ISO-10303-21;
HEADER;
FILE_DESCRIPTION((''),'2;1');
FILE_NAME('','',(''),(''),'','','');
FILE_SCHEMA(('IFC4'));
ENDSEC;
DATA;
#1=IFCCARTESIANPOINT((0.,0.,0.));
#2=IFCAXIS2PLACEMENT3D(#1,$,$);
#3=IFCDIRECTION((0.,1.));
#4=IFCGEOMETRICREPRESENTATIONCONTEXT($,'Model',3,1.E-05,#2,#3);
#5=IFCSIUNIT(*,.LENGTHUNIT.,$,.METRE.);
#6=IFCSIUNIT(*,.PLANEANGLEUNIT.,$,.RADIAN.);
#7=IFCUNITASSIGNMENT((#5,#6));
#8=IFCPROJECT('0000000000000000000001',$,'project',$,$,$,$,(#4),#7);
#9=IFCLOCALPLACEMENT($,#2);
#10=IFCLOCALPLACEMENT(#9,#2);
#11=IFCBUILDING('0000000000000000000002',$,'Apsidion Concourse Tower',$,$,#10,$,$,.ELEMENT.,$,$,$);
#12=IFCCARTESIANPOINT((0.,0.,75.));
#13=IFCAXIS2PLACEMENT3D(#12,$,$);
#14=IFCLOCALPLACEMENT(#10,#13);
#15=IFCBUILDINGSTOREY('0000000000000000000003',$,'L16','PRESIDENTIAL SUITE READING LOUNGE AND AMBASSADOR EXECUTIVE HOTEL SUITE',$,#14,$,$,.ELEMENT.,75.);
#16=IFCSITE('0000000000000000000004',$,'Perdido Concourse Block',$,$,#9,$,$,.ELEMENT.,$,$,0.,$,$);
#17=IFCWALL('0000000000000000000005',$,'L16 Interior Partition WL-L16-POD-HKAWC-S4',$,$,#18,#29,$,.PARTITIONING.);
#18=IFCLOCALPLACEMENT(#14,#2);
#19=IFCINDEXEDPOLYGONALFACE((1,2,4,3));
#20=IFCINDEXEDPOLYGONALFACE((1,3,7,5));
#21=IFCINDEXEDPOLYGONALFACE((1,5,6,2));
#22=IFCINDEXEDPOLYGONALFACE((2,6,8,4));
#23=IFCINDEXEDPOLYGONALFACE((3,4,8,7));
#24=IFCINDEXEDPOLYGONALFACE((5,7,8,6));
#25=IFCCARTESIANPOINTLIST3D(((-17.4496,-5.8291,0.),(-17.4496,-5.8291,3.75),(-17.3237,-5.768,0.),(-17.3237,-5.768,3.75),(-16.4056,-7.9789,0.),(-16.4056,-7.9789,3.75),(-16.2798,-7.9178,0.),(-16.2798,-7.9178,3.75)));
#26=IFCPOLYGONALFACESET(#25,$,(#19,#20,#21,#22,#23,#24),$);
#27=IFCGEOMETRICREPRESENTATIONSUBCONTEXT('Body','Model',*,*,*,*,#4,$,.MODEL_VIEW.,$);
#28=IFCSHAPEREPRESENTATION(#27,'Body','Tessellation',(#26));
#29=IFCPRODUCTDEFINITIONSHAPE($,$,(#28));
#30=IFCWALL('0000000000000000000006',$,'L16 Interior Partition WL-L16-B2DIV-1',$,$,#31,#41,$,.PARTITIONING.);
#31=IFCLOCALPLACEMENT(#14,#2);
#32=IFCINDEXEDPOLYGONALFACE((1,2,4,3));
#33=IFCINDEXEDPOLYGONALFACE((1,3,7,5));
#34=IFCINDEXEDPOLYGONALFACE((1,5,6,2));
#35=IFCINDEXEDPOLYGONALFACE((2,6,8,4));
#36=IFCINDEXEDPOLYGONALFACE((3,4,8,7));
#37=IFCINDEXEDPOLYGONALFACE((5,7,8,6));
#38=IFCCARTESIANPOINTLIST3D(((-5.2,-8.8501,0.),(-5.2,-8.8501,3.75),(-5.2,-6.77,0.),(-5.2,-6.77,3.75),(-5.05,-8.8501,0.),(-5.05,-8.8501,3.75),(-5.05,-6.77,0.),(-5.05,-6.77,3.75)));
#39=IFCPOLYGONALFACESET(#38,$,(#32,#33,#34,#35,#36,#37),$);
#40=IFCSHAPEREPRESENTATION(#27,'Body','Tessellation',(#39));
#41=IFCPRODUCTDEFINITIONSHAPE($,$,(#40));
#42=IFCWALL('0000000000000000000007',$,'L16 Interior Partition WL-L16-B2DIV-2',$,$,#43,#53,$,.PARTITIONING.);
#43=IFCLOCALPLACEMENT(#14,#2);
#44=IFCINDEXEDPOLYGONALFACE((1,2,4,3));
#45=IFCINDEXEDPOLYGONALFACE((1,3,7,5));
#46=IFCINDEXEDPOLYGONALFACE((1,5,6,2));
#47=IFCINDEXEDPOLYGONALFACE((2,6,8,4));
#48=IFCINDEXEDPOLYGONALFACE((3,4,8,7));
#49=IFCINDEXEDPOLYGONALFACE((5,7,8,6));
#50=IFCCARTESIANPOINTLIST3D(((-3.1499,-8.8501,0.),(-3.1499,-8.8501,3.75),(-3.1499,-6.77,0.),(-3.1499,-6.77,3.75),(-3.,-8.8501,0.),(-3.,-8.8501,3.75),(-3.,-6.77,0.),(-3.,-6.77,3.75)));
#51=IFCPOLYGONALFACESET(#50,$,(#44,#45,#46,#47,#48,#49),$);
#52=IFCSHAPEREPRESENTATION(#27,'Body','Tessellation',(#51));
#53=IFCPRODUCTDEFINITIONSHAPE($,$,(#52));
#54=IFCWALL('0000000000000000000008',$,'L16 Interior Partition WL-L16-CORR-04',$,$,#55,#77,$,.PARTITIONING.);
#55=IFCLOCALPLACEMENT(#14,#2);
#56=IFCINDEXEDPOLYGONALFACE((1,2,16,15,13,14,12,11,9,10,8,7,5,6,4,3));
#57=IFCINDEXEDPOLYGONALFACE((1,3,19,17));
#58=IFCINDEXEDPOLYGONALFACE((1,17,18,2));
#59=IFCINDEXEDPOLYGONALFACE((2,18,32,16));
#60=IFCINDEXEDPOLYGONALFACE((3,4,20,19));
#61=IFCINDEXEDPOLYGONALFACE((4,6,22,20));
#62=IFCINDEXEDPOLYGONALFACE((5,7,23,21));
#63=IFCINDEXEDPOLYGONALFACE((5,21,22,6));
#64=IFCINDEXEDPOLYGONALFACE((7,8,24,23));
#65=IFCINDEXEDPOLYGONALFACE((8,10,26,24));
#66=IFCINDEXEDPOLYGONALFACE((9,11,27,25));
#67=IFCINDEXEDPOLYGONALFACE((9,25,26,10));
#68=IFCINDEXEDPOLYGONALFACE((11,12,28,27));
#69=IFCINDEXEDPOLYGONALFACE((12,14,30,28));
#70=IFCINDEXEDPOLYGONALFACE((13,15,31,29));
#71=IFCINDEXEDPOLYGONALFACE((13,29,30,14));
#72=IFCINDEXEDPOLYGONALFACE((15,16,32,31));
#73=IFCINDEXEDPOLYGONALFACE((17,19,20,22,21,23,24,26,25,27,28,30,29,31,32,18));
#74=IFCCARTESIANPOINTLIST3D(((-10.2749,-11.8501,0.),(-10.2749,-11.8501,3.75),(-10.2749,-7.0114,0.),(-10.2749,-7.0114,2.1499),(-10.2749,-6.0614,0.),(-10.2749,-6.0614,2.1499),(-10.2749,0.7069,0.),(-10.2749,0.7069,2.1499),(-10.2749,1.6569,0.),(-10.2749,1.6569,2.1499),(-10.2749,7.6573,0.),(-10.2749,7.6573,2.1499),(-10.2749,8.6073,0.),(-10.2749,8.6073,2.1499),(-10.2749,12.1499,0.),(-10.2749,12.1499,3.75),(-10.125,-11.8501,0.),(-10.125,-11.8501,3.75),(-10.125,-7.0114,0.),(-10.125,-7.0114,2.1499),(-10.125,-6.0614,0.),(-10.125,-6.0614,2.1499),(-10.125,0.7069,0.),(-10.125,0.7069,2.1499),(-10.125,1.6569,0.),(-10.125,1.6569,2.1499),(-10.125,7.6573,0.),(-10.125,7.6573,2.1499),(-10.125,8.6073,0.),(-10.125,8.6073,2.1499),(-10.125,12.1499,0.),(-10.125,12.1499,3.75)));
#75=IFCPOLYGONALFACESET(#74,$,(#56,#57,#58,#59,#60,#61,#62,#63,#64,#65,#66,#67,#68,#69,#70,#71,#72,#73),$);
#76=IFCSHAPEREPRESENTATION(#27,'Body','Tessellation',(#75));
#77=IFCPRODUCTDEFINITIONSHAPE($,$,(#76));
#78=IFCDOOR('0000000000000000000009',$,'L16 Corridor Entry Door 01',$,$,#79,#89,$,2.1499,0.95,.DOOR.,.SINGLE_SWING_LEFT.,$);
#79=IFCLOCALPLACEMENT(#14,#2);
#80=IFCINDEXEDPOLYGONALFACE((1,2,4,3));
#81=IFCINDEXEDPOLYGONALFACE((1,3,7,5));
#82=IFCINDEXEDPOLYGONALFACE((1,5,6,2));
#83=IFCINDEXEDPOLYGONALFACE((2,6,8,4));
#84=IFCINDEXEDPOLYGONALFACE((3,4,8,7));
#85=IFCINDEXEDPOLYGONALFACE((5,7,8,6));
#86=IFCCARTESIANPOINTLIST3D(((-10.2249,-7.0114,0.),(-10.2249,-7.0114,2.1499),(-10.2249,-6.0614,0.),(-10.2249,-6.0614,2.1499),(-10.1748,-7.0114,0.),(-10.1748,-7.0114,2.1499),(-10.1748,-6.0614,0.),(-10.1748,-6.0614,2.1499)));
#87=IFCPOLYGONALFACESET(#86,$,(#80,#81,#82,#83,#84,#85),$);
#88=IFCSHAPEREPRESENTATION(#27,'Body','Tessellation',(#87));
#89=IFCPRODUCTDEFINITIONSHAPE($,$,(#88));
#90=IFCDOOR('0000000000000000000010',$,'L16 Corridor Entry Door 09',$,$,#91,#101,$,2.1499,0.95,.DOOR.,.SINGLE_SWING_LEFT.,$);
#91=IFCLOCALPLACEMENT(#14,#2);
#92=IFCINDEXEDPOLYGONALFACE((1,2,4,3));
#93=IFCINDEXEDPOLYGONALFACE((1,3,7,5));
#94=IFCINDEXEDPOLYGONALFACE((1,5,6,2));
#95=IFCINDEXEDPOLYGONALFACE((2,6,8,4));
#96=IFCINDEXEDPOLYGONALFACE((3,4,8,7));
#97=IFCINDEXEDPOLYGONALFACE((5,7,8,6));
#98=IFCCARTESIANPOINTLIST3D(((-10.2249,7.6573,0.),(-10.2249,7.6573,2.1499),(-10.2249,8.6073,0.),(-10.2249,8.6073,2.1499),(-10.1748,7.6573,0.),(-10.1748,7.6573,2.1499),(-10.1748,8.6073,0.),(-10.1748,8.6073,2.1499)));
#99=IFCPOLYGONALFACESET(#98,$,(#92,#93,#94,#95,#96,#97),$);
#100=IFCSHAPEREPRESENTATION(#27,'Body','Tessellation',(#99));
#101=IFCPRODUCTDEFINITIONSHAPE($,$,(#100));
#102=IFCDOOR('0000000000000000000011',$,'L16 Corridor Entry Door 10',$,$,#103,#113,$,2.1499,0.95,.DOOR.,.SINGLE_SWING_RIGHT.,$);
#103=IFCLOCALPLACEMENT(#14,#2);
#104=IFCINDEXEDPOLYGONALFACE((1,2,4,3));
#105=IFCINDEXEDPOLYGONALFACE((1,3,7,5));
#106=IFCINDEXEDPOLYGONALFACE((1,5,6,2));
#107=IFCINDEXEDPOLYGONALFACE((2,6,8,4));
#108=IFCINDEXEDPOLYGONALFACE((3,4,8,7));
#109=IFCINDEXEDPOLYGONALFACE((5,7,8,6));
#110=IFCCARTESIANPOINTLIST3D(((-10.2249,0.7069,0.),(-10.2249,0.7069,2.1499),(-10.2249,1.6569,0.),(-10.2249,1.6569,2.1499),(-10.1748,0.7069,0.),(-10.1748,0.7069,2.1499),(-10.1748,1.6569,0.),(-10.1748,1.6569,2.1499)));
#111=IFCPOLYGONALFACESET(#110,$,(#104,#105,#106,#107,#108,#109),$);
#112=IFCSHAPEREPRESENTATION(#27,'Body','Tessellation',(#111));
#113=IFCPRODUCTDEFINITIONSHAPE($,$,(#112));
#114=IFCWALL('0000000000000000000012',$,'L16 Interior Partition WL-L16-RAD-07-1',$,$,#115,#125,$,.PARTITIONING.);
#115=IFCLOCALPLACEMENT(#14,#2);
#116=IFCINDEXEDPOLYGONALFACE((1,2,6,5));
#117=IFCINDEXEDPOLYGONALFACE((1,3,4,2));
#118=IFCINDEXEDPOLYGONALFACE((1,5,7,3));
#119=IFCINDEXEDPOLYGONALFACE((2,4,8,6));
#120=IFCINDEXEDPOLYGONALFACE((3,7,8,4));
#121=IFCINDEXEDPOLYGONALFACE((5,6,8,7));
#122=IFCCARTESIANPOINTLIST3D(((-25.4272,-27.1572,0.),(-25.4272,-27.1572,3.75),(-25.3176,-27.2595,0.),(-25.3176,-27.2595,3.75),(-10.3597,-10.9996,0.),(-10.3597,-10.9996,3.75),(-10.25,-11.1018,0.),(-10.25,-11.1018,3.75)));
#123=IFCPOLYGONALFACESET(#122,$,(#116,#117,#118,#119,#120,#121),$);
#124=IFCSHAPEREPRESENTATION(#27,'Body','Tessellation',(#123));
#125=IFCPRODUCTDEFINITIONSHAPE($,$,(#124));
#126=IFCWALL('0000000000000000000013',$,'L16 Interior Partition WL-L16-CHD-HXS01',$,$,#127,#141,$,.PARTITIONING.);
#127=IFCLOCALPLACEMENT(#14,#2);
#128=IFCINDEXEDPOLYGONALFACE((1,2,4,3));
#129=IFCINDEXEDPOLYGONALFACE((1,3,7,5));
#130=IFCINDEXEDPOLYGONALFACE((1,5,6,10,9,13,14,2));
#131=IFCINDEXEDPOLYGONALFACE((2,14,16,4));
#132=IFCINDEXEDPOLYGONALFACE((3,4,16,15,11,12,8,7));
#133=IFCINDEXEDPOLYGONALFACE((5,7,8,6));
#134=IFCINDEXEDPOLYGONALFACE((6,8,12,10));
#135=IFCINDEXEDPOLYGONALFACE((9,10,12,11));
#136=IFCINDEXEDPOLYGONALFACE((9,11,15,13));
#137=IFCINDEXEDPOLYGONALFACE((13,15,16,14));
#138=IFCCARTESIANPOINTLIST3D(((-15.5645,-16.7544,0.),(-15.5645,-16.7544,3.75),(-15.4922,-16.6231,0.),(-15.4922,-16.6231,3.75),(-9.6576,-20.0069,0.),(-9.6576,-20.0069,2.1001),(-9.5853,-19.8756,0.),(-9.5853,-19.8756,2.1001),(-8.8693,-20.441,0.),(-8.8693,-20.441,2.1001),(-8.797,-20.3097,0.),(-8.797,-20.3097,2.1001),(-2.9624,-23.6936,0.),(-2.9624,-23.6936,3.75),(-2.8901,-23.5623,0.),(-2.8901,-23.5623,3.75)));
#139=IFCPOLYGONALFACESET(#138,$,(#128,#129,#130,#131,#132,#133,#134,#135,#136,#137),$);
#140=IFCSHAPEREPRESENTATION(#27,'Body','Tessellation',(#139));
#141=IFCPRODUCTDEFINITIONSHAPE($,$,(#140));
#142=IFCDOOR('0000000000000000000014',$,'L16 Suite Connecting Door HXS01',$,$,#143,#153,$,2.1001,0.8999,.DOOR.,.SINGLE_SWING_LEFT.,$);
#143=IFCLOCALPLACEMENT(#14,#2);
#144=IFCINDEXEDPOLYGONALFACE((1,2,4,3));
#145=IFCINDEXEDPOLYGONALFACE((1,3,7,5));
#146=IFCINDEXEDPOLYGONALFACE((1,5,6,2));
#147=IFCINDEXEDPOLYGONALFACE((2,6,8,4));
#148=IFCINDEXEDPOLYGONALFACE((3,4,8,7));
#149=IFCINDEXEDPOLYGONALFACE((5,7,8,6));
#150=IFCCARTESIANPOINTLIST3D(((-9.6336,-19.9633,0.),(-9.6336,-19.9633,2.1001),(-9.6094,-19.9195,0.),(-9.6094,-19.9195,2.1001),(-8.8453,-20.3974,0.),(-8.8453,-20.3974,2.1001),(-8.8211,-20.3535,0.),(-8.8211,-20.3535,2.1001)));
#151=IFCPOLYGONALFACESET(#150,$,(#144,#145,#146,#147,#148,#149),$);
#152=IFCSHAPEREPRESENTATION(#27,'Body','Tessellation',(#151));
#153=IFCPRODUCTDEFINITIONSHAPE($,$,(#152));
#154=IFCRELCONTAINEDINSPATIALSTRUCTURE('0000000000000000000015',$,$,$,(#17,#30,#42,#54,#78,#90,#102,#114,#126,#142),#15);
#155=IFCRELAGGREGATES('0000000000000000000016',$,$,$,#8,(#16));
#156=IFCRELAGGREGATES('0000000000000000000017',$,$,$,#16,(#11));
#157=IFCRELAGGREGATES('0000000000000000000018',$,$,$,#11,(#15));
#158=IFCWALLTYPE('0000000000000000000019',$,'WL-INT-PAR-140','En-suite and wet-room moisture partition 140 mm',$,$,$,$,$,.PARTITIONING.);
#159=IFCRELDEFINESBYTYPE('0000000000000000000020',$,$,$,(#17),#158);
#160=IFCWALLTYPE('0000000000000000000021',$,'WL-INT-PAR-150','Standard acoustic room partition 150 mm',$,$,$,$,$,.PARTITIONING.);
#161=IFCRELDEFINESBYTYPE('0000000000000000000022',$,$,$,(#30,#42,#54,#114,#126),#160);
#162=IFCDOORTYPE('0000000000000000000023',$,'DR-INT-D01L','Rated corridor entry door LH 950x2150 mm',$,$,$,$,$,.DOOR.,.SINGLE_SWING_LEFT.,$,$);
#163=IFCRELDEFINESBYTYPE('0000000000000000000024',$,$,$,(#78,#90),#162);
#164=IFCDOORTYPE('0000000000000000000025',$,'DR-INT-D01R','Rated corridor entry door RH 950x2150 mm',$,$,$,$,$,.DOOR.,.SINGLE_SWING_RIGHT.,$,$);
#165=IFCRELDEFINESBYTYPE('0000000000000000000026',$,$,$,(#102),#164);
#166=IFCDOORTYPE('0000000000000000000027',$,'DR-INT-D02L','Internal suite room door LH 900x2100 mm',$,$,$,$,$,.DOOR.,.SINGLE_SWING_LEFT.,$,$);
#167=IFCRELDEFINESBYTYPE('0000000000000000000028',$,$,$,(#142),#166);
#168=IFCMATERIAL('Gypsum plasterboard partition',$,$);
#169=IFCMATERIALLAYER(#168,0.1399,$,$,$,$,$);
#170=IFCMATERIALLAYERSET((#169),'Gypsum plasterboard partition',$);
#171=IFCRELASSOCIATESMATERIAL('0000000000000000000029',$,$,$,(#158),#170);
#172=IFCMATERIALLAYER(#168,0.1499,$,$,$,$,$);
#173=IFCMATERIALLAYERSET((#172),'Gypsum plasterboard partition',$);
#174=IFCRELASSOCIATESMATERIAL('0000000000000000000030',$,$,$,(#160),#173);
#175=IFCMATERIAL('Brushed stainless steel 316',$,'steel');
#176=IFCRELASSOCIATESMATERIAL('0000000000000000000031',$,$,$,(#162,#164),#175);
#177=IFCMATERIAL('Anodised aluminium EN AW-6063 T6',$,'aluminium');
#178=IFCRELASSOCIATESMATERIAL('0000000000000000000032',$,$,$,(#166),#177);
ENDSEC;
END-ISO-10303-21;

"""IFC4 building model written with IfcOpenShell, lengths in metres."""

from ifc_helpers import new_model, si_unit, direction, frame, frame_2d, origin, place, context, subcontext, project, spatial, rectangle, extrude, material, layer, layer_set, type_object, element, fill, save


model = new_model("IFC4")

# Units and contexts
model_context = context("Model", 3, precision=1e-05, world=origin(), true_north=direction((0.0, 1.0)))
body_context = subcontext(model_context, "Body", "Model", "MODEL_VIEW")
ifc_project = project(units=[si_unit("LENGTHUNIT", "METRE"), si_unit("PLANEANGLEUNIT", "RADIAN")], contexts=[model_context])

# Site, building, storey
site_placement = place(None, origin())
site = spatial("IfcSite", under=ifc_project, at=site_placement, Name="Perdido Concourse Block", CompositionType="ELEMENT", RefElevation=0.0)
building_placement = place(site_placement, origin())
building = spatial("IfcBuilding", under=site, at=building_placement, Name="Apsidion Concourse Tower", CompositionType="ELEMENT")
storey_placement = place(building_placement, frame((0.0, 0.0, 75.0)))
storey = spatial("IfcBuildingStorey", under=building, at=storey_placement, Name="L16", Description="PRESIDENTIAL SUITE READING LOUNGE AND AMBASSADOR EXECUTIVE HOTEL SUITE", CompositionType="ELEMENT", Elevation=75.0)

# Shared definitions
ifc_material_1 = material(Name="Gypsum plasterboard partition")
ifc_layer_1 = layer(ifc_material_1, 0.1399)
ifc_layer_set_1 = layer_set([ifc_layer_1], Name="Gypsum plasterboard partition")
wall_type_1 = type_object("IfcWallType", Name="WL-INT-PAR-140", Description="En-suite and wet-room moisture partition 140 mm", PredefinedType="PARTITIONING", material=ifc_layer_set_1)
ifc_material_2 = material(Name="Anodised aluminium EN AW-6063 T6", Category="aluminium")

# Walls
wall_1_placement = place(storey_placement, frame((-16.3428, -7.9482, 0.0), z_axis=(0.0, 0.0, 1.0), x_axis=(-0.436805, 0.899556, 0.0)))
element("IfcWall", 1, at=wall_1_placement, inside=storey, type_object=wall_type_1, Name="L16 Interior Partition WL-L16-POD-HKAWC-S4", PredefinedType="PARTITIONING", context=body_context, shape_type="SweptSolid", body=[
    extrude(rectangle(XDim=2.3899, YDim=0.1399, at=frame_2d((1.1948, 0.0))), origin(), (0.0, 0.0, 1.0), 3.75),
])
ifc_layer_2 = layer(ifc_material_1, 0.1499)
ifc_layer_set_2 = layer_set([ifc_layer_2], Name="Gypsum plasterboard partition")
wall_type_2 = type_object("IfcWallType", Name="WL-INT-PAR-150", Description="Standard acoustic room partition 150 mm", PredefinedType="PARTITIONING", material=ifc_layer_set_2)
for number, where, z_axis, x_axis, name in (
    (2, (-5.125, -8.8501, 0.0), (0.0, 0.0, 1.0), (0.0, 1.0, 0.0), "L16 Interior Partition WL-L16-B2DIV-1"),
    (3, (-3.075, -8.8501, 0.0), (0.0, 0.0, 1.0), (0.0, 1.0, 0.0), "L16 Interior Partition WL-L16-B2DIV-2"),
):
    element("IfcWall", number, at=place(storey_placement, frame(where, z_axis=z_axis, x_axis=x_axis)), inside=storey, type_object=wall_type_2, Name=name, PredefinedType="PARTITIONING", context=body_context, shape_type="SweptSolid", body=[
        extrude(rectangle(XDim=2.0801, YDim=0.1499, at=frame_2d((1.04, 0.0))), origin(), (0.0, 0.0, 1.0), 3.75),
    ])

# Wall, openings, doors
wall_2_placement = place(storey_placement, frame((-10.2, -11.8501, 0.0), z_axis=(0.0, 0.0, 1.0), x_axis=(0.0, 1.0, 0.0)))
wall_2 = element("IfcWall", 4, at=wall_2_placement, inside=storey, type_object=wall_type_2, Name="L16 Interior Partition WL-L16-CORR-04", PredefinedType="PARTITIONING", context=body_context, shape_type="SweptSolid", body=[
    extrude(rectangle(XDim=24.0, YDim=0.1499, at=frame_2d((12.0, 0.0))), origin(), (0.0, 0.0, 1.0), 3.75),
])
opening_1_placement = place(wall_2_placement, frame((4.8386, 0.0, 0.0)))
opening_1 = element("IfcOpeningElement", 5, at=opening_1_placement, cuts=wall_2, PredefinedType="OPENING", context=body_context, shape_type="SweptSolid", body=[
    extrude(rectangle(XDim=0.95, YDim=2.1499, at=frame_2d((0.4751, 1.075))), frame((0.0, 0.085, 0.0), z_axis=(0.0, -1.0, 0.0), x_axis=(1.0, 0.0, 0.0)), (0.0, 0.0, 1.0), 0.1699),
])
opening_2_placement = place(wall_2_placement, frame((19.5073, 0.0, 0.0)))
opening_2 = element("IfcOpeningElement", 6, at=opening_2_placement, cuts=wall_2, PredefinedType="OPENING", context=body_context, shape_type="SweptSolid", body=[
    extrude(rectangle(XDim=0.95, YDim=2.1499, at=frame_2d((0.4751, 1.075))), frame((0.0, 0.085, 0.0), z_axis=(0.0, -1.0, 0.0), x_axis=(1.0, 0.0, 0.0)), (0.0, 0.0, 1.0), 0.1699),
])
opening_3_placement = place(wall_2_placement, frame((12.5569, 0.0, 0.0)))
opening_3 = element("IfcOpeningElement", 7, at=opening_3_placement, cuts=wall_2, PredefinedType="OPENING", context=body_context, shape_type="SweptSolid", body=[
    extrude(rectangle(XDim=0.95, YDim=2.1499, at=frame_2d((0.4751, 1.075))), frame((0.0, 0.085, 0.0), z_axis=(0.0, -1.0, 0.0), x_axis=(1.0, 0.0, 0.0)), (0.0, 0.0, 1.0), 0.1699),
])
ifc_material_3 = material(Name="Brushed stainless steel 316", Category="steel")
door_type_1 = type_object("IfcDoorType", Name="DR-INT-D01L", Description="Rated corridor entry door LH 950x2150 mm", OperationType="SINGLE_SWING_LEFT", PredefinedType="DOOR", material=ifc_material_3)
door_1_placement = place(opening_1_placement, origin())
door_1 = element("IfcDoor", 8, at=door_1_placement, inside=storey, type_object=door_type_1, Name="L16 Corridor Entry Door 01", OperationType="SINGLE_SWING_LEFT", OverallHeight=2.1499, OverallWidth=0.95, PredefinedType="DOOR", context=body_context, shape_type="SweptSolid", body=[
    extrude(rectangle(XDim=0.95, YDim=2.1499, at=frame_2d((0.4751, 1.075))), frame((0.0, 0.0249, 0.0), z_axis=(0.0, -1.0, 0.0), x_axis=(1.0, 0.0, 0.0)), (0.0, 0.0, 1.0), 0.05),
])
fill(opening_1, door_1)
door_2_placement = place(opening_2_placement, origin())
door_2 = element("IfcDoor", 9, at=door_2_placement, inside=storey, type_object=door_type_1, Name="L16 Corridor Entry Door 09", OperationType="SINGLE_SWING_LEFT", OverallHeight=2.1499, OverallWidth=0.95, PredefinedType="DOOR", context=body_context, shape_type="SweptSolid", body=[
    extrude(rectangle(XDim=0.95, YDim=2.1499, at=frame_2d((0.4751, 1.075))), frame((0.0, 0.0249, 0.0), z_axis=(0.0, -1.0, 0.0), x_axis=(1.0, 0.0, 0.0)), (0.0, 0.0, 1.0), 0.05),
])
fill(opening_2, door_2)
door_type_2 = type_object("IfcDoorType", Name="DR-INT-D01R", Description="Rated corridor entry door RH 950x2150 mm", OperationType="SINGLE_SWING_RIGHT", PredefinedType="DOOR", material=ifc_material_3)
door_3_placement = place(opening_3_placement, origin())
door_3 = element("IfcDoor", 10, at=door_3_placement, inside=storey, type_object=door_type_2, Name="L16 Corridor Entry Door 10", OperationType="SINGLE_SWING_RIGHT", OverallHeight=2.1499, OverallWidth=0.95, PredefinedType="DOOR", context=body_context, shape_type="SweptSolid", body=[
    extrude(rectangle(XDim=0.95, YDim=2.1499, at=frame_2d((0.4751, 1.075))), frame((0.0, 0.0249, 0.0), z_axis=(0.0, -1.0, 0.0), x_axis=(1.0, 0.0, 0.0)), (0.0, 0.0, 1.0), 0.05),
])
fill(opening_3, door_3)

# Wall
wall_3_placement = place(storey_placement, frame((-10.3049, -11.0508, 0.0), z_axis=(0.0, 0.0, 1.0), x_axis=(-0.682006, -0.731347, 0.0)))
element("IfcWall", 11, at=wall_3_placement, inside=storey, type_object=wall_type_2, Name="L16 Interior Partition WL-L16-RAD-07-1", PredefinedType="PARTITIONING", context=body_context, shape_type="SweptSolid", body=[
    extrude(rectangle(XDim=22.093, YDim=0.1499, at=frame_2d((11.0464, 0.0))), origin(), (0.0, 0.0, 1.0), 3.75),
])

# Wall, opening, door
wall_4_placement = place(storey_placement, frame((-15.5283, -16.6887, 0.0), z_axis=(0.0, 0.0, 1.0), x_axis=(0.875979, -0.48235, 0.0)))
wall_4 = element("IfcWall", 12, at=wall_4_placement, inside=storey, type_object=wall_type_2, Name="L16 Interior Partition WL-L16-CHD-HXS01", PredefinedType="PARTITIONING", context=body_context, shape_type="SweptSolid", body=[
    extrude(rectangle(XDim=14.3862, YDim=0.1499, at=frame_2d((7.1931, 0.0))), origin(), (0.0, 0.0, 1.0), 3.75),
])
opening_4_placement = place(wall_4_placement, frame((6.7432, 0.0, 0.0)))
opening_4 = element("IfcOpeningElement", 13, at=opening_4_placement, cuts=wall_4, PredefinedType="OPENING", context=body_context, shape_type="SweptSolid", body=[
    extrude(rectangle(XDim=0.8999, YDim=2.1001, at=frame_2d((0.45, 1.05))), frame((0.0, 0.085, 0.0), z_axis=(0.0, -1.0, 0.0), x_axis=(1.0, 0.0, 0.0)), (0.0, 0.0, 1.0), 0.1699),
])
door_type_3 = type_object("IfcDoorType", Name="DR-INT-D02L", Description="Internal suite room door LH 900x2100 mm", OperationType="SINGLE_SWING_LEFT", PredefinedType="DOOR", material=ifc_material_2)
door_4_placement = place(opening_4_placement, origin())
door_4 = element("IfcDoor", 14, at=door_4_placement, inside=storey, type_object=door_type_3, Name="L16 Suite Connecting Door HXS01", OperationType="SINGLE_SWING_LEFT", OverallHeight=2.1001, OverallWidth=0.8999, PredefinedType="DOOR", context=body_context, shape_type="SweptSolid", body=[
    extrude(rectangle(XDim=0.8999, YDim=2.1001, at=frame_2d((0.45, 1.05))), frame((0.0, 0.0249, 0.0), z_axis=(0.0, -1.0, 0.0), x_axis=(1.0, 0.0, 0.0)), (0.0, 0.0, 1.0), 0.05),
])
fill(opening_4, door_4)

save(model, "model.ifc")
